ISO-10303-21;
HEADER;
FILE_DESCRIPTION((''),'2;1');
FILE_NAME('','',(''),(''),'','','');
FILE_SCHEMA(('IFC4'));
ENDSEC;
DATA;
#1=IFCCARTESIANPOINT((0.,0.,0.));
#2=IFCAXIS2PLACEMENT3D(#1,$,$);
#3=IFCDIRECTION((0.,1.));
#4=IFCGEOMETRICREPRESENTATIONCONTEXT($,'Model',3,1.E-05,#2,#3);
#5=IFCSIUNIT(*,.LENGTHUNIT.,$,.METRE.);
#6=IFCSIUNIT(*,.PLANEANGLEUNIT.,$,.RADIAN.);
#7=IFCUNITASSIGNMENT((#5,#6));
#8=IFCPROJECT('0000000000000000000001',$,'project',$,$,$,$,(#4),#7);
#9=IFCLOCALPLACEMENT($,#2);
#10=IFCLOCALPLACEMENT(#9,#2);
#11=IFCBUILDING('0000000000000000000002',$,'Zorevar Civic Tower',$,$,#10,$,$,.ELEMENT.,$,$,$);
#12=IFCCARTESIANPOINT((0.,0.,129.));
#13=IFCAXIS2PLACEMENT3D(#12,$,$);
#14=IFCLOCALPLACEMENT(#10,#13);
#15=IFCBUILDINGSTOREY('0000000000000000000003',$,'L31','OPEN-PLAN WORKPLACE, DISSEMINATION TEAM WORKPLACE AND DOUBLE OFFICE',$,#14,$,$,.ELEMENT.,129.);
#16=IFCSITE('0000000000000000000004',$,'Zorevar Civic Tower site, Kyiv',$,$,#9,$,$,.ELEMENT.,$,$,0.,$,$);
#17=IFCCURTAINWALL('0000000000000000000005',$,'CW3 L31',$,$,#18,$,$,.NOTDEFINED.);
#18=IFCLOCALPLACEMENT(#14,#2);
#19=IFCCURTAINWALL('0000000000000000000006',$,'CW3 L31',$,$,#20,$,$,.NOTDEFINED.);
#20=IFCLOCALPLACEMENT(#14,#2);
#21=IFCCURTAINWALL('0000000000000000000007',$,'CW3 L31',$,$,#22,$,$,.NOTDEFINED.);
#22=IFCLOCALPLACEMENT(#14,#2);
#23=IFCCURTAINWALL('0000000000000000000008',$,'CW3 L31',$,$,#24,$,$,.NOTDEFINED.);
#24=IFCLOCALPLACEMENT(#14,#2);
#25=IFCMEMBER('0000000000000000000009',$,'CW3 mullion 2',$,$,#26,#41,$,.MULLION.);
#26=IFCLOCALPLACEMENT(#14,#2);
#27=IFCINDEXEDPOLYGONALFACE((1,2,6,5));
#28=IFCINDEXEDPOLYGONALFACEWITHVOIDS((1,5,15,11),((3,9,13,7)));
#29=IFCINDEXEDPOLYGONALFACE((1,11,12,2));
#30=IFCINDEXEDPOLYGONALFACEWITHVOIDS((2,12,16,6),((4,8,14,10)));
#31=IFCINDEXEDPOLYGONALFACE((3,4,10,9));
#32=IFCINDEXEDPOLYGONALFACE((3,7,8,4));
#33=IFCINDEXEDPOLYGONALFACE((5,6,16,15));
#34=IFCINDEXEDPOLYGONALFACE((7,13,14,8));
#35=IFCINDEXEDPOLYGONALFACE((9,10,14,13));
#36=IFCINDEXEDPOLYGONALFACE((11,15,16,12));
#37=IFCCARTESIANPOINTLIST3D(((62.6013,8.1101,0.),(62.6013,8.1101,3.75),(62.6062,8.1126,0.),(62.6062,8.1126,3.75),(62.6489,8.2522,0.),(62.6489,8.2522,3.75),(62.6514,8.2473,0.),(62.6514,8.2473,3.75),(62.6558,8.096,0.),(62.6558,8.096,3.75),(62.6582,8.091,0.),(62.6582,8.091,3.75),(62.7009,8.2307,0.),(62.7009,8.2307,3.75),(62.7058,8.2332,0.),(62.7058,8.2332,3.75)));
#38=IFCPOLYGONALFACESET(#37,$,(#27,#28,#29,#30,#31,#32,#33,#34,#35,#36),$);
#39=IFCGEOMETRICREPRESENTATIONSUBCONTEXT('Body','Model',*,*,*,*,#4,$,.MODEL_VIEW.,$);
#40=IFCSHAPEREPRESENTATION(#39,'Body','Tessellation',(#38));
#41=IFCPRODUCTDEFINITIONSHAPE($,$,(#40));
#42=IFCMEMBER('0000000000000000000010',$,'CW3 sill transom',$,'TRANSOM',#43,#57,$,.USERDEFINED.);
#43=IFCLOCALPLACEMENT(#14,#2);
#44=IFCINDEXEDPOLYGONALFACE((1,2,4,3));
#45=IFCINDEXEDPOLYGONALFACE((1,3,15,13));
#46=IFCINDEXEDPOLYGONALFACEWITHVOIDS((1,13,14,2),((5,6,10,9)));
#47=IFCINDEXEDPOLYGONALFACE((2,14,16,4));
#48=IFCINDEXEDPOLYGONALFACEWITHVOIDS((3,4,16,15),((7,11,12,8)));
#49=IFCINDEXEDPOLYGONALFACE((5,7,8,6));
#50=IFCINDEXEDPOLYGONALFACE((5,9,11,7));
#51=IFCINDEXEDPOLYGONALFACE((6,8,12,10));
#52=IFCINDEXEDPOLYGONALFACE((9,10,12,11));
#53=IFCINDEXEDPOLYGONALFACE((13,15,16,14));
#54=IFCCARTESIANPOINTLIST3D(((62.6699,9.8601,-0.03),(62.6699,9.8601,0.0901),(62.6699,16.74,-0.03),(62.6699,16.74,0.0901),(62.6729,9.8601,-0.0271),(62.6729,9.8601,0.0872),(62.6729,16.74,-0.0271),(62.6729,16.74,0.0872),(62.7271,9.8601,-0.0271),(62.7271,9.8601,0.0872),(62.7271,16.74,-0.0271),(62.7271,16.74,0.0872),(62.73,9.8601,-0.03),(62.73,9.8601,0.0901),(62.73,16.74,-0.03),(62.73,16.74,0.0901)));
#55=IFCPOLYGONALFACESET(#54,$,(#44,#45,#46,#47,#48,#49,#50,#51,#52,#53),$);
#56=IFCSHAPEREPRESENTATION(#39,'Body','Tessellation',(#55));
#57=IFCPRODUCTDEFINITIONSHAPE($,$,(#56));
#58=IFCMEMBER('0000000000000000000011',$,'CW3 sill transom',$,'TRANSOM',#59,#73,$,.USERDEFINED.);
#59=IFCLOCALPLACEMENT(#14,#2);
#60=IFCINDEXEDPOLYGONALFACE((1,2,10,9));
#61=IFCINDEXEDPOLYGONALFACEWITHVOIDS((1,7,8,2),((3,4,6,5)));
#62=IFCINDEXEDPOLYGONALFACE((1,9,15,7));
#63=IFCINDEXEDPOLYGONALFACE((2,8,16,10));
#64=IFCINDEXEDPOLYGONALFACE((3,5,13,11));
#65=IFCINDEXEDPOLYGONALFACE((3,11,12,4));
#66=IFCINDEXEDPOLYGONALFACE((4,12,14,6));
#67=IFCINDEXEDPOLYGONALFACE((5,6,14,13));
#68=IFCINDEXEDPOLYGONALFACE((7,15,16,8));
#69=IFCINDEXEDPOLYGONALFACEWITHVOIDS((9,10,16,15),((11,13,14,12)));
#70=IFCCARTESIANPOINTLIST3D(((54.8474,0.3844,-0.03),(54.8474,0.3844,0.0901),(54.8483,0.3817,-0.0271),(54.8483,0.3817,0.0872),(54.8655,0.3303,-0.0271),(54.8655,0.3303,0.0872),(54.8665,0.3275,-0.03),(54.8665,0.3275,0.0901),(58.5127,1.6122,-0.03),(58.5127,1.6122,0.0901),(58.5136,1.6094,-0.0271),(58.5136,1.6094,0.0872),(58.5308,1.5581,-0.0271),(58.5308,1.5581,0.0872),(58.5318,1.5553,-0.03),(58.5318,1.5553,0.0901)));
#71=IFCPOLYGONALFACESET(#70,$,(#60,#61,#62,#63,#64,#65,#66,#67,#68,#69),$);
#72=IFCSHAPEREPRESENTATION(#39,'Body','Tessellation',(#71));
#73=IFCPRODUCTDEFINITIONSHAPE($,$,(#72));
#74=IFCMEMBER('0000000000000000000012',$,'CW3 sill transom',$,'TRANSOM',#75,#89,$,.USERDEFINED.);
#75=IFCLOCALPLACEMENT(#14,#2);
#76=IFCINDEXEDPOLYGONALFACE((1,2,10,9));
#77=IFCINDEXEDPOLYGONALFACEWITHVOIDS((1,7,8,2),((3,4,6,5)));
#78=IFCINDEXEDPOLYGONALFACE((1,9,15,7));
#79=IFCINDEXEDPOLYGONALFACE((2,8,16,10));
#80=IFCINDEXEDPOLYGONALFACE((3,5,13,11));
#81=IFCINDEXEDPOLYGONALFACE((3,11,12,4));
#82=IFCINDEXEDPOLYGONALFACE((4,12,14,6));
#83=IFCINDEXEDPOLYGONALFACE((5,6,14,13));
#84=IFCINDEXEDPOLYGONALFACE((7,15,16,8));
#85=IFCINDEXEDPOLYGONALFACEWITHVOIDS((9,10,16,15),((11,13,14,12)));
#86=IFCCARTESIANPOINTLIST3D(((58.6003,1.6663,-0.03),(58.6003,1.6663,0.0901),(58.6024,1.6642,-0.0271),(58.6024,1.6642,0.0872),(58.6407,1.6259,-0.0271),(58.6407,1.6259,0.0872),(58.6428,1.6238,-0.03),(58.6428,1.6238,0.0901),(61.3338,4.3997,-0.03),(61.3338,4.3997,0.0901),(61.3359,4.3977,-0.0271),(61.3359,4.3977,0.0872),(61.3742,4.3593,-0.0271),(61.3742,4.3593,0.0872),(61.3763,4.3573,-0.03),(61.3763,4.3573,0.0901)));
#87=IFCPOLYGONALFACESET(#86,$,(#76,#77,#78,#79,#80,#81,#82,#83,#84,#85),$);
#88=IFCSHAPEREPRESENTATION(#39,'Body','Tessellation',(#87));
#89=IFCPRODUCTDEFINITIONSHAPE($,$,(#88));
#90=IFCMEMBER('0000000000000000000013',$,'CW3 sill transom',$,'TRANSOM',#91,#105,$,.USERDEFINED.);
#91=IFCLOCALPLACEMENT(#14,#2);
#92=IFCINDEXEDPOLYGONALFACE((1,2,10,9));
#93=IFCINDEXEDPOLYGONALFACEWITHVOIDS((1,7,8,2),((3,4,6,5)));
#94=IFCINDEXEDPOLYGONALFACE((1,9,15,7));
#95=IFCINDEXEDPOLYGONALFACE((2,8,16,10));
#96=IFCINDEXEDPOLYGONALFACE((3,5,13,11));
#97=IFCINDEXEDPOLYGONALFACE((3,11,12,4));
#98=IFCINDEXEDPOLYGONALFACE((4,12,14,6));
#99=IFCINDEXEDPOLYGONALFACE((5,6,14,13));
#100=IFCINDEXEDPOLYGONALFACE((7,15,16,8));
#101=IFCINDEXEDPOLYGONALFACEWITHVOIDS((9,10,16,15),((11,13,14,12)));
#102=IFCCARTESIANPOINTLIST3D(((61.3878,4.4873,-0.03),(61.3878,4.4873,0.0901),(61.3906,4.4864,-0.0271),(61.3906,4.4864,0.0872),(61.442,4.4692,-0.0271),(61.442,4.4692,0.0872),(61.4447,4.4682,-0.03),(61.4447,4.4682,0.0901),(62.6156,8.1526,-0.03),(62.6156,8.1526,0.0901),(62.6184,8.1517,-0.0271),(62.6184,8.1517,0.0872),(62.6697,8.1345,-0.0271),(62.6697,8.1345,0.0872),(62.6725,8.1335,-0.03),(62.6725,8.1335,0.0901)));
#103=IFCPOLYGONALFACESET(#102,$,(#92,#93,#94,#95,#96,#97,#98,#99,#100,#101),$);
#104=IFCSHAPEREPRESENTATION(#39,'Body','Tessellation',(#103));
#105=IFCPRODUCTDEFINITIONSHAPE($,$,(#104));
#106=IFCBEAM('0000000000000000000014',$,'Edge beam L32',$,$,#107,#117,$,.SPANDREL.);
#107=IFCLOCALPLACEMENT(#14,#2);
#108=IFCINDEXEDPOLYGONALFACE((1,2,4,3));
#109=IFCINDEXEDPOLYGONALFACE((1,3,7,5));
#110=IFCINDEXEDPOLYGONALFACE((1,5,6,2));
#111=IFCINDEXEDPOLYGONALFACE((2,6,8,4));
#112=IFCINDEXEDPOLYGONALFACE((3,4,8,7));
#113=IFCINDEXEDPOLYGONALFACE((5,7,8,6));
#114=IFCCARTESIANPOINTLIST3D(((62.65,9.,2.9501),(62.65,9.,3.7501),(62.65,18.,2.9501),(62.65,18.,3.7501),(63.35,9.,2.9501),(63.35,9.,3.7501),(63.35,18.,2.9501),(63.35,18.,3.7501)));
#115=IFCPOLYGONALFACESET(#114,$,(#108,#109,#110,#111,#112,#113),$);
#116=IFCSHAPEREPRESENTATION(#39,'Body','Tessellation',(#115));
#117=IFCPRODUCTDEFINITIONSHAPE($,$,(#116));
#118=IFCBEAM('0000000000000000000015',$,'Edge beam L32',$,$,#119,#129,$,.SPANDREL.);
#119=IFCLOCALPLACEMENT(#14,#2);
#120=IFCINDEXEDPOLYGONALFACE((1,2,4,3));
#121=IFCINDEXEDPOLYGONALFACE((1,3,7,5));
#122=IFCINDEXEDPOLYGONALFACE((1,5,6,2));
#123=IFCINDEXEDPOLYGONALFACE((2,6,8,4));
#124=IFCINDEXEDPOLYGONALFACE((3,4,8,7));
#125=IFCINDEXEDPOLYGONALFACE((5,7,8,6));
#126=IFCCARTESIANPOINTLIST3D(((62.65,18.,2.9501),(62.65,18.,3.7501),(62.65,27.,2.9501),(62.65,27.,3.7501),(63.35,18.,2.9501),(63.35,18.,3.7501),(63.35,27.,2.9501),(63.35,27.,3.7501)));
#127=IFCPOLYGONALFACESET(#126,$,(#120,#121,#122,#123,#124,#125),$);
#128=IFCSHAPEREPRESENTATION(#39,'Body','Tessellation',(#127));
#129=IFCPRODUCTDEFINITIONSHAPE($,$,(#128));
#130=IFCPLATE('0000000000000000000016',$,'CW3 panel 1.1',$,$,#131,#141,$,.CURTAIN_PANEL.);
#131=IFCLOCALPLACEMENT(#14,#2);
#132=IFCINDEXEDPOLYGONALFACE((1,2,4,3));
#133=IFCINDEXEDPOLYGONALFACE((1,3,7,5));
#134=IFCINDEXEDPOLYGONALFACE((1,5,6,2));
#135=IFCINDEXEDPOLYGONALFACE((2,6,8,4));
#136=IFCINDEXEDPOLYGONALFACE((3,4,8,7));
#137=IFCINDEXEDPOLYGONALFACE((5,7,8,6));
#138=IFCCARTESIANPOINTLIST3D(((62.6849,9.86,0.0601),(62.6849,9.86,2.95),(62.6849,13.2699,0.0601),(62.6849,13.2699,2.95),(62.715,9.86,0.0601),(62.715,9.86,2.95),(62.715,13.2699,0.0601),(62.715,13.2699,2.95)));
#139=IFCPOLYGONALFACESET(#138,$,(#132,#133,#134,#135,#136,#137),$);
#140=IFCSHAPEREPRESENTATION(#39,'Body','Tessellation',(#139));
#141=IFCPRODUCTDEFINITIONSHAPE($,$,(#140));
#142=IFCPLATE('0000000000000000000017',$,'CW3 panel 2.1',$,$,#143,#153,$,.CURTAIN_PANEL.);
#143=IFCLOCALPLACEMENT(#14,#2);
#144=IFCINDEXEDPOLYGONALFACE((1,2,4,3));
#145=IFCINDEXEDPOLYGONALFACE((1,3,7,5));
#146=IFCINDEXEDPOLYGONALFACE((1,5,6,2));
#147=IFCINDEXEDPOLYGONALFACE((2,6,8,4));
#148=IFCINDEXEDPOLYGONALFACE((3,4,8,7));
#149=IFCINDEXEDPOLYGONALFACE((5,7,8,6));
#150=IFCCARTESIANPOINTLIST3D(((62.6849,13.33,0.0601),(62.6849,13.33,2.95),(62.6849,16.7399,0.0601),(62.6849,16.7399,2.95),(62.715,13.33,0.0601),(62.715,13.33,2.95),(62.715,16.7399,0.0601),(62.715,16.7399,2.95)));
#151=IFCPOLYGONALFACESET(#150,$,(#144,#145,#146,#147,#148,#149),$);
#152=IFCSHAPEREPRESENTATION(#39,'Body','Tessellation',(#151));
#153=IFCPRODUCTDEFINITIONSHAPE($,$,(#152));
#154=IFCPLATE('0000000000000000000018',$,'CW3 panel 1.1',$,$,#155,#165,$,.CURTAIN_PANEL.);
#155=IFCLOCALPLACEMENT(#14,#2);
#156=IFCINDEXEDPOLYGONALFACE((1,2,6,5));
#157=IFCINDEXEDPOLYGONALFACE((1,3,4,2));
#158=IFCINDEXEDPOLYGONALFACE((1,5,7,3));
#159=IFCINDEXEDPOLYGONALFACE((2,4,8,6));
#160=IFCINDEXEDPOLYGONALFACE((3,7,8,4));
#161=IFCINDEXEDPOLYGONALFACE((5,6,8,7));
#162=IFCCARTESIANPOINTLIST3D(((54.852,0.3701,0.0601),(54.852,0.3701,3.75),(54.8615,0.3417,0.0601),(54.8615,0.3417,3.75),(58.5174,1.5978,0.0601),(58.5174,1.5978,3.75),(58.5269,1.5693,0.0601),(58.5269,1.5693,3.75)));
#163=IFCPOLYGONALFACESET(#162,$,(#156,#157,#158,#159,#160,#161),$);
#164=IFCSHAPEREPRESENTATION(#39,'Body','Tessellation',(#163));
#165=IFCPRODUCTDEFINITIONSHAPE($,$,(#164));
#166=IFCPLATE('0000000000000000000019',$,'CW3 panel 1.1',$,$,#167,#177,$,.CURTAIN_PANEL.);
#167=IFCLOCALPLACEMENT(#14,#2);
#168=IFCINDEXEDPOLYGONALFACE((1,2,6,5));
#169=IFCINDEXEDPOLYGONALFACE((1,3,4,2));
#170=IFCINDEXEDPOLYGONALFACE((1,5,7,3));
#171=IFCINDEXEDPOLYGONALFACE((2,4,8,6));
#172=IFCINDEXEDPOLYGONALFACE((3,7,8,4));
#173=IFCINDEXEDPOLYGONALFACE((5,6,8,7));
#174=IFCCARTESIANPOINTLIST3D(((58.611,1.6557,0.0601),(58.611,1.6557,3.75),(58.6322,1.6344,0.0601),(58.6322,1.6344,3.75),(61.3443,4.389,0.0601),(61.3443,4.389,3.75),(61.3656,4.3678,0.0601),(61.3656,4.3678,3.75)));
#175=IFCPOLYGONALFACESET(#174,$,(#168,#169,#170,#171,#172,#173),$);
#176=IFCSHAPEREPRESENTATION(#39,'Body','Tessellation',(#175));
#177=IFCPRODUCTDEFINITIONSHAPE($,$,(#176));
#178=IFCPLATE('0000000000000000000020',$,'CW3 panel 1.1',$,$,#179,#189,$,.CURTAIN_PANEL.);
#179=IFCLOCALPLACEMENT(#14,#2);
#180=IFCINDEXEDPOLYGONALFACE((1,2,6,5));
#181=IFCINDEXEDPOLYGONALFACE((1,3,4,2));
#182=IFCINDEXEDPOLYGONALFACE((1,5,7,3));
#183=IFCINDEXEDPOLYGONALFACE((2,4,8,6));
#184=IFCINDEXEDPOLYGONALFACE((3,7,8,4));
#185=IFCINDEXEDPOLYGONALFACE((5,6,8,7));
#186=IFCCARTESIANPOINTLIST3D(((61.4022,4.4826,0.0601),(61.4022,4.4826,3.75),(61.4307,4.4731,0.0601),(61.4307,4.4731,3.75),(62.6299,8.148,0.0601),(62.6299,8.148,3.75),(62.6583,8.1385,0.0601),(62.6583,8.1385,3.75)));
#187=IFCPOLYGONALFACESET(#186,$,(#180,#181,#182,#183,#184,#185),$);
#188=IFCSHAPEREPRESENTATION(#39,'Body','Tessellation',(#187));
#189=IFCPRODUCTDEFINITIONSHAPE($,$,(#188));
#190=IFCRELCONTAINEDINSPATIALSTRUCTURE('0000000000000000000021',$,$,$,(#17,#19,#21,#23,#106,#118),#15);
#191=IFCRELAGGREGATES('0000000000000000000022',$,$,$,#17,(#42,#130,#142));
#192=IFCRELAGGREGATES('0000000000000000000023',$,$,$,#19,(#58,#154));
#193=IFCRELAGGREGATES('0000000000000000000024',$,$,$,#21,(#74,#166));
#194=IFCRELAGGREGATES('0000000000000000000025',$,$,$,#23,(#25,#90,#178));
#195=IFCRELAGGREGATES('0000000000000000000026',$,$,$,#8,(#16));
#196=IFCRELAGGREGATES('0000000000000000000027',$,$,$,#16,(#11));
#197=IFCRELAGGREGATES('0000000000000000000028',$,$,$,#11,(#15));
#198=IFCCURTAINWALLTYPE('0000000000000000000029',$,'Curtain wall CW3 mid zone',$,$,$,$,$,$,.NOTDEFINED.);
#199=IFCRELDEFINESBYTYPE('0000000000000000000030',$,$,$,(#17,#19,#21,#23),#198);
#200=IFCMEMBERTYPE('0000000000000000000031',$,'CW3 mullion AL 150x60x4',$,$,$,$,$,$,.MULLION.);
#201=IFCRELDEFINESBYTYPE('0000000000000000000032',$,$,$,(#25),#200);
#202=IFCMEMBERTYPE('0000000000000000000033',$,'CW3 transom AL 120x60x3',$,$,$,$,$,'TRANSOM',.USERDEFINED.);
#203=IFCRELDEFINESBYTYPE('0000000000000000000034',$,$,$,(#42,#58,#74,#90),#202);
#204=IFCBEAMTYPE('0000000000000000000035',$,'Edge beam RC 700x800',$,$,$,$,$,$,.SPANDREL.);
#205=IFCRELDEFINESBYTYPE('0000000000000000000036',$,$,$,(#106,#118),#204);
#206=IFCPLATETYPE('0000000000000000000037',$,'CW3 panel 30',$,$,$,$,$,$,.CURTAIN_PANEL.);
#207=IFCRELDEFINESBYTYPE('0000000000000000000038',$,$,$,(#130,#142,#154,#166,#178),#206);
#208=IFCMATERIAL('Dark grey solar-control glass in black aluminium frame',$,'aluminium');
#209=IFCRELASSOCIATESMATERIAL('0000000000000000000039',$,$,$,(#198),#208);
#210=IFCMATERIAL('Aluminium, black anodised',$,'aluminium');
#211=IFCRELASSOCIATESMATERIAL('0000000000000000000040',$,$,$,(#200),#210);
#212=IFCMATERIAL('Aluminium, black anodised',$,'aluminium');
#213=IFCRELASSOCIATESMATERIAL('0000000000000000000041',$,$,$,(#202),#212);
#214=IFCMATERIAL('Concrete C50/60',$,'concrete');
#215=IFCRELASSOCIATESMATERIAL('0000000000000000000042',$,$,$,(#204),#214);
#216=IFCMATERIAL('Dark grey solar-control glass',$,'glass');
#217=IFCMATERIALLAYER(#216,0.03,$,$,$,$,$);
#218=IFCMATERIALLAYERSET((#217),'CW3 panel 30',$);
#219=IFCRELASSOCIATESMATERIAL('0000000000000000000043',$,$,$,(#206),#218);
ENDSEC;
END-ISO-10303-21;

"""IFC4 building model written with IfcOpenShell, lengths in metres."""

from ifc_helpers import new_model, si_unit, direction, frame, origin, origin_2d, place, context, subcontext, project, spatial, rectangle, hollow_rectangle, extrude, material, layer, layer_set, material_profile, profile_set, type_object, element, aggregate, save


model = new_model("IFC4")

# Units and contexts
model_context = context("Model", 3, precision=1e-05, world=origin(), true_north=direction((0.0, 1.0)))
body_context = subcontext(model_context, "Body", "Model", "MODEL_VIEW")
ifc_project = project(units=[si_unit("LENGTHUNIT", "METRE"), si_unit("PLANEANGLEUNIT", "RADIAN")], contexts=[model_context])

# Site, building, storey
site_placement = place(None, origin())
site = spatial("IfcSite", under=ifc_project, at=site_placement, Name="Zorevar Civic Tower site, Kyiv", CompositionType="ELEMENT", RefElevation=0.0)
building_placement = place(site_placement, origin())
building = spatial("IfcBuilding", under=site, at=building_placement, Name="Zorevar Civic Tower", CompositionType="ELEMENT")
storey_placement = place(building_placement, frame((0.0, 0.0, 129.0)))
storey = spatial("IfcBuildingStorey", under=building, at=storey_placement, Name="L31", Description="OPEN-PLAN WORKPLACE, DISSEMINATION TEAM WORKPLACE AND DOUBLE OFFICE", CompositionType="ELEMENT", Elevation=129.0)

# Curtain walls, member
ifc_material_1 = material(Name="Dark grey solar-control glass in black aluminium frame", Category="aluminium")
curtain_wall_type = type_object("IfcCurtainWallType", Name="Curtain wall CW3 mid zone", PredefinedType="NOTDEFINED", material=ifc_material_1)
curtain_wall_1_placement = place(storey_placement, origin())
curtain_wall_1 = element("IfcCurtainWall", 1, at=curtain_wall_1_placement, inside=storey, type_object=curtain_wall_type, Name="CW3 L31", PredefinedType="NOTDEFINED")
ifc_material_2 = material(Name="Aluminium, black anodised", Category="aluminium")
ifc_material_profile_1 = material_profile(ifc_material_2, hollow_rectangle(XDim=0.0601, YDim=0.1499, WallThickness=0.0039, at=origin_2d()), Name="AL 150x60x4")
ifc_profile_set_1 = profile_set([ifc_material_profile_1], Name="Aluminium, black anodised")
member_type_1 = type_object("IfcMemberType", Name="CW3 mullion AL 150x60x4", PredefinedType="MULLION", material=ifc_profile_set_1)
curtain_wall_2_placement = place(storey_placement, origin())
curtain_wall_2 = element("IfcCurtainWall", 2, at=curtain_wall_2_placement, inside=storey, type_object=curtain_wall_type, Name="CW3 L31", PredefinedType="NOTDEFINED")
curtain_wall_3_placement = place(storey_placement, origin())
curtain_wall_3 = element("IfcCurtainWall", 3, at=curtain_wall_3_placement, inside=storey, type_object=curtain_wall_type, Name="CW3 L31", PredefinedType="NOTDEFINED")
curtain_wall_4_placement = place(storey_placement, origin())
curtain_wall_4 = element("IfcCurtainWall", 4, at=curtain_wall_4_placement, inside=storey, type_object=curtain_wall_type, Name="CW3 L31", PredefinedType="NOTDEFINED")
member_1_placement = place(storey_placement, frame((62.6536, 8.1716, 0.0), z_axis=(0.0, 0.0, 1.0), x_axis=(-0.948227, 0.317593, 0.0)))
member_1 = element("IfcMember", 5, at=member_1_placement, type_object=member_type_1, Name="CW3 mullion 2", PredefinedType="MULLION", context=body_context, shape_type="SweptSolid", body=[
    extrude(hollow_rectangle(XDim=0.0601, YDim=0.1499, WallThickness=0.0039, at=origin_2d()), origin(), (0.0, 0.0, 1.0), 3.75),
])

# Members
ifc_material_3 = material(Name="Aluminium, black anodised", Category="aluminium")
ifc_material_profile_2 = material_profile(ifc_material_3, hollow_rectangle(XDim=0.0601, YDim=0.1201, WallThickness=0.0029, at=origin_2d()), Name="AL 120x60x3")
ifc_profile_set_2 = profile_set([ifc_material_profile_2], Name="Aluminium, black anodised")
member_type_2 = type_object("IfcMemberType", Name="CW3 transom AL 120x60x3", ElementType="TRANSOM", PredefinedType="USERDEFINED", material=ifc_profile_set_2)
member_2_placement = place(storey_placement, frame((62.7, 9.8601, 0.03), z_axis=(0.0, 1.0, 0.0), x_axis=(-1.0, 0.0, 0.0)))
member_2 = element("IfcMember", 6, at=member_2_placement, type_object=member_type_2, Name="CW3 sill transom", ObjectType="TRANSOM", PredefinedType="USERDEFINED", context=body_context, shape_type="SweptSolid", body=[
    extrude(hollow_rectangle(XDim=0.0601, YDim=0.1201, WallThickness=0.0029, at=origin_2d()), origin(), (0.0, 0.0, 1.0), 6.8799),
])
member_3_placement = place(storey_placement, frame((54.8569, 0.356, 0.03), z_axis=(0.948215, 0.31763, 0.0), x_axis=(-0.31763, 0.948215, 0.0)))
member_3 = element("IfcMember", 7, at=member_3_placement, type_object=member_type_2, Name="CW3 sill transom", ObjectType="TRANSOM", PredefinedType="USERDEFINED", context=body_context, shape_type="SweptSolid", body=[
    extrude(hollow_rectangle(XDim=0.0601, YDim=0.1201, WallThickness=0.0029, at=origin_2d()), origin(), (0.0, 0.0, 1.0), 3.8655),
])
member_4_placement = place(storey_placement, frame((58.6216, 1.645, 0.03), z_axis=(0.707107, 0.707107, 0.0), x_axis=(-0.707107, 0.707107, 0.0)))
member_4 = element("IfcMember", 8, at=member_4_placement, type_object=member_type_2, Name="CW3 sill transom", ObjectType="TRANSOM", PredefinedType="USERDEFINED", context=body_context, shape_type="SweptSolid", body=[
    extrude(hollow_rectangle(XDim=0.0601, YDim=0.1201, WallThickness=0.0029, at=origin_2d()), origin(), (0.0, 0.0, 1.0), 3.8657),
])
member_5_placement = place(storey_placement, frame((61.4163, 4.4778, 0.03), z_axis=(0.31763, 0.948215, 0.0), x_axis=(-0.948215, 0.31763, 0.0)))
member_5 = element("IfcMember", 9, at=member_5_placement, type_object=member_type_2, Name="CW3 sill transom", ObjectType="TRANSOM", PredefinedType="USERDEFINED", context=body_context, shape_type="SweptSolid", body=[
    extrude(hollow_rectangle(XDim=0.0601, YDim=0.1201, WallThickness=0.0029, at=origin_2d()), origin(), (0.0, 0.0, 1.0), 3.8655),
])

# Beams
ifc_material_4 = material(Name="Concrete C50/60", Category="concrete")
ifc_material_profile_3 = material_profile(ifc_material_4, rectangle(XDim=0.7, YDim=0.8, at=origin_2d()), Name="RC 700x800")
ifc_profile_set_3 = profile_set([ifc_material_profile_3], Name="Concrete C50/60")
beam_type_1 = type_object("IfcBeamType", Name="Edge beam RC 700x800", PredefinedType="SPANDREL", material=ifc_profile_set_3)
for number, where, z_axis, x_axis, name in (
    (10, (63.0, 9.0, 3.3501), (0.0, 1.0, 0.0), (-1.0, 0.0, 0.0), "Edge beam L32"),
    (11, (63.0, 18.0, 3.3501), (0.0, 1.0, 0.0), (-1.0, 0.0, 0.0), "Edge beam L32"),
):
    element("IfcBeam", number, at=place(storey_placement, frame(where, z_axis=z_axis, x_axis=x_axis)), inside=storey, type_object=beam_type_1, Name=name, PredefinedType="SPANDREL", context=body_context, shape_type="SweptSolid", body=[
        extrude(rectangle(XDim=0.7, YDim=0.8, at=origin_2d()), origin(), (0.0, 0.0, 1.0), 9.0),
    ])

# Plates
ifc_material_5 = material(Name="Dark grey solar-control glass", Category="glass")
ifc_layer_1 = layer(ifc_material_5, 0.03)
ifc_layer_set_1 = layer_set([ifc_layer_1], Name="CW3 panel 30")
plate_type = type_object("IfcPlateType", Name="CW3 panel 30", PredefinedType="CURTAIN_PANEL", material=ifc_layer_set_1)
plate_1_placement = place(storey_placement, frame((62.7, 11.5649, 0.0601), z_axis=(0.0, 0.0, 1.0), x_axis=(0.0, 1.0, 0.0)))
plate_1 = element("IfcPlate", 12, at=plate_1_placement, type_object=plate_type, Name="CW3 panel 1.1", PredefinedType="CURTAIN_PANEL", context=body_context, shape_type="SweptSolid", body=[
    extrude(rectangle(XDim=3.4099, YDim=0.03, at=origin_2d()), origin(), (0.0, 0.0, 1.0), 2.8899),
])
plate_2_placement = place(storey_placement, frame((62.7, 15.0349, 0.0601), z_axis=(0.0, 0.0, 1.0), x_axis=(0.0, 1.0, 0.0)))
plate_2 = element("IfcPlate", 13, at=plate_2_placement, type_object=plate_type, Name="CW3 panel 2.1", PredefinedType="CURTAIN_PANEL", context=body_context, shape_type="SweptSolid", body=[
    extrude(rectangle(XDim=3.4099, YDim=0.03, at=origin_2d()), origin(), (0.0, 0.0, 1.0), 2.8899),
])
aggregate(curtain_wall_1, [member_2, plate_1, plate_2])
plate_3_placement = place(storey_placement, frame((56.6895, 0.9697, 0.0601), z_axis=(0.0, 0.0, 1.0), x_axis=(0.948227, 0.317593, 0.0)))
plate_3 = element("IfcPlate", 14, at=plate_3_placement, type_object=plate_type, Name="CW3 panel 1.1", PredefinedType="CURTAIN_PANEL", context=body_context, shape_type="SweptSolid", body=[
    extrude(rectangle(XDim=3.8655, YDim=0.03, at=origin_2d()), origin(), (0.0, 0.0, 1.0), 3.6899),
])
aggregate(curtain_wall_2, [member_3, plate_3])
plate_4_placement = place(storey_placement, frame((59.9883, 3.0117, 0.0601), z_axis=(0.0, 0.0, 1.0), x_axis=(0.707107, 0.707107, 0.0)))
plate_4 = element("IfcPlate", 15, at=plate_4_placement, type_object=plate_type, Name="CW3 panel 1.1", PredefinedType="CURTAIN_PANEL", context=body_context, shape_type="SweptSolid", body=[
    extrude(rectangle(XDim=3.8655, YDim=0.03, at=origin_2d()), origin(), (0.0, 0.0, 1.0), 3.6899),
])
aggregate(curtain_wall_3, [member_4, plate_4])
plate_5_placement = place(storey_placement, frame((62.0303, 6.3105, 0.0601), z_axis=(0.0, 0.0, 1.0), x_axis=(0.317593, 0.948227, 0.0)))
plate_5 = element("IfcPlate", 16, at=plate_5_placement, type_object=plate_type, Name="CW3 panel 1.1", PredefinedType="CURTAIN_PANEL", context=body_context, shape_type="SweptSolid", body=[
    extrude(rectangle(XDim=3.8655, YDim=0.03, at=origin_2d()), origin(), (0.0, 0.0, 1.0), 3.6899),
])
aggregate(curtain_wall_4, [member_1, member_5, plate_5])

save(model, "model.ifc")
